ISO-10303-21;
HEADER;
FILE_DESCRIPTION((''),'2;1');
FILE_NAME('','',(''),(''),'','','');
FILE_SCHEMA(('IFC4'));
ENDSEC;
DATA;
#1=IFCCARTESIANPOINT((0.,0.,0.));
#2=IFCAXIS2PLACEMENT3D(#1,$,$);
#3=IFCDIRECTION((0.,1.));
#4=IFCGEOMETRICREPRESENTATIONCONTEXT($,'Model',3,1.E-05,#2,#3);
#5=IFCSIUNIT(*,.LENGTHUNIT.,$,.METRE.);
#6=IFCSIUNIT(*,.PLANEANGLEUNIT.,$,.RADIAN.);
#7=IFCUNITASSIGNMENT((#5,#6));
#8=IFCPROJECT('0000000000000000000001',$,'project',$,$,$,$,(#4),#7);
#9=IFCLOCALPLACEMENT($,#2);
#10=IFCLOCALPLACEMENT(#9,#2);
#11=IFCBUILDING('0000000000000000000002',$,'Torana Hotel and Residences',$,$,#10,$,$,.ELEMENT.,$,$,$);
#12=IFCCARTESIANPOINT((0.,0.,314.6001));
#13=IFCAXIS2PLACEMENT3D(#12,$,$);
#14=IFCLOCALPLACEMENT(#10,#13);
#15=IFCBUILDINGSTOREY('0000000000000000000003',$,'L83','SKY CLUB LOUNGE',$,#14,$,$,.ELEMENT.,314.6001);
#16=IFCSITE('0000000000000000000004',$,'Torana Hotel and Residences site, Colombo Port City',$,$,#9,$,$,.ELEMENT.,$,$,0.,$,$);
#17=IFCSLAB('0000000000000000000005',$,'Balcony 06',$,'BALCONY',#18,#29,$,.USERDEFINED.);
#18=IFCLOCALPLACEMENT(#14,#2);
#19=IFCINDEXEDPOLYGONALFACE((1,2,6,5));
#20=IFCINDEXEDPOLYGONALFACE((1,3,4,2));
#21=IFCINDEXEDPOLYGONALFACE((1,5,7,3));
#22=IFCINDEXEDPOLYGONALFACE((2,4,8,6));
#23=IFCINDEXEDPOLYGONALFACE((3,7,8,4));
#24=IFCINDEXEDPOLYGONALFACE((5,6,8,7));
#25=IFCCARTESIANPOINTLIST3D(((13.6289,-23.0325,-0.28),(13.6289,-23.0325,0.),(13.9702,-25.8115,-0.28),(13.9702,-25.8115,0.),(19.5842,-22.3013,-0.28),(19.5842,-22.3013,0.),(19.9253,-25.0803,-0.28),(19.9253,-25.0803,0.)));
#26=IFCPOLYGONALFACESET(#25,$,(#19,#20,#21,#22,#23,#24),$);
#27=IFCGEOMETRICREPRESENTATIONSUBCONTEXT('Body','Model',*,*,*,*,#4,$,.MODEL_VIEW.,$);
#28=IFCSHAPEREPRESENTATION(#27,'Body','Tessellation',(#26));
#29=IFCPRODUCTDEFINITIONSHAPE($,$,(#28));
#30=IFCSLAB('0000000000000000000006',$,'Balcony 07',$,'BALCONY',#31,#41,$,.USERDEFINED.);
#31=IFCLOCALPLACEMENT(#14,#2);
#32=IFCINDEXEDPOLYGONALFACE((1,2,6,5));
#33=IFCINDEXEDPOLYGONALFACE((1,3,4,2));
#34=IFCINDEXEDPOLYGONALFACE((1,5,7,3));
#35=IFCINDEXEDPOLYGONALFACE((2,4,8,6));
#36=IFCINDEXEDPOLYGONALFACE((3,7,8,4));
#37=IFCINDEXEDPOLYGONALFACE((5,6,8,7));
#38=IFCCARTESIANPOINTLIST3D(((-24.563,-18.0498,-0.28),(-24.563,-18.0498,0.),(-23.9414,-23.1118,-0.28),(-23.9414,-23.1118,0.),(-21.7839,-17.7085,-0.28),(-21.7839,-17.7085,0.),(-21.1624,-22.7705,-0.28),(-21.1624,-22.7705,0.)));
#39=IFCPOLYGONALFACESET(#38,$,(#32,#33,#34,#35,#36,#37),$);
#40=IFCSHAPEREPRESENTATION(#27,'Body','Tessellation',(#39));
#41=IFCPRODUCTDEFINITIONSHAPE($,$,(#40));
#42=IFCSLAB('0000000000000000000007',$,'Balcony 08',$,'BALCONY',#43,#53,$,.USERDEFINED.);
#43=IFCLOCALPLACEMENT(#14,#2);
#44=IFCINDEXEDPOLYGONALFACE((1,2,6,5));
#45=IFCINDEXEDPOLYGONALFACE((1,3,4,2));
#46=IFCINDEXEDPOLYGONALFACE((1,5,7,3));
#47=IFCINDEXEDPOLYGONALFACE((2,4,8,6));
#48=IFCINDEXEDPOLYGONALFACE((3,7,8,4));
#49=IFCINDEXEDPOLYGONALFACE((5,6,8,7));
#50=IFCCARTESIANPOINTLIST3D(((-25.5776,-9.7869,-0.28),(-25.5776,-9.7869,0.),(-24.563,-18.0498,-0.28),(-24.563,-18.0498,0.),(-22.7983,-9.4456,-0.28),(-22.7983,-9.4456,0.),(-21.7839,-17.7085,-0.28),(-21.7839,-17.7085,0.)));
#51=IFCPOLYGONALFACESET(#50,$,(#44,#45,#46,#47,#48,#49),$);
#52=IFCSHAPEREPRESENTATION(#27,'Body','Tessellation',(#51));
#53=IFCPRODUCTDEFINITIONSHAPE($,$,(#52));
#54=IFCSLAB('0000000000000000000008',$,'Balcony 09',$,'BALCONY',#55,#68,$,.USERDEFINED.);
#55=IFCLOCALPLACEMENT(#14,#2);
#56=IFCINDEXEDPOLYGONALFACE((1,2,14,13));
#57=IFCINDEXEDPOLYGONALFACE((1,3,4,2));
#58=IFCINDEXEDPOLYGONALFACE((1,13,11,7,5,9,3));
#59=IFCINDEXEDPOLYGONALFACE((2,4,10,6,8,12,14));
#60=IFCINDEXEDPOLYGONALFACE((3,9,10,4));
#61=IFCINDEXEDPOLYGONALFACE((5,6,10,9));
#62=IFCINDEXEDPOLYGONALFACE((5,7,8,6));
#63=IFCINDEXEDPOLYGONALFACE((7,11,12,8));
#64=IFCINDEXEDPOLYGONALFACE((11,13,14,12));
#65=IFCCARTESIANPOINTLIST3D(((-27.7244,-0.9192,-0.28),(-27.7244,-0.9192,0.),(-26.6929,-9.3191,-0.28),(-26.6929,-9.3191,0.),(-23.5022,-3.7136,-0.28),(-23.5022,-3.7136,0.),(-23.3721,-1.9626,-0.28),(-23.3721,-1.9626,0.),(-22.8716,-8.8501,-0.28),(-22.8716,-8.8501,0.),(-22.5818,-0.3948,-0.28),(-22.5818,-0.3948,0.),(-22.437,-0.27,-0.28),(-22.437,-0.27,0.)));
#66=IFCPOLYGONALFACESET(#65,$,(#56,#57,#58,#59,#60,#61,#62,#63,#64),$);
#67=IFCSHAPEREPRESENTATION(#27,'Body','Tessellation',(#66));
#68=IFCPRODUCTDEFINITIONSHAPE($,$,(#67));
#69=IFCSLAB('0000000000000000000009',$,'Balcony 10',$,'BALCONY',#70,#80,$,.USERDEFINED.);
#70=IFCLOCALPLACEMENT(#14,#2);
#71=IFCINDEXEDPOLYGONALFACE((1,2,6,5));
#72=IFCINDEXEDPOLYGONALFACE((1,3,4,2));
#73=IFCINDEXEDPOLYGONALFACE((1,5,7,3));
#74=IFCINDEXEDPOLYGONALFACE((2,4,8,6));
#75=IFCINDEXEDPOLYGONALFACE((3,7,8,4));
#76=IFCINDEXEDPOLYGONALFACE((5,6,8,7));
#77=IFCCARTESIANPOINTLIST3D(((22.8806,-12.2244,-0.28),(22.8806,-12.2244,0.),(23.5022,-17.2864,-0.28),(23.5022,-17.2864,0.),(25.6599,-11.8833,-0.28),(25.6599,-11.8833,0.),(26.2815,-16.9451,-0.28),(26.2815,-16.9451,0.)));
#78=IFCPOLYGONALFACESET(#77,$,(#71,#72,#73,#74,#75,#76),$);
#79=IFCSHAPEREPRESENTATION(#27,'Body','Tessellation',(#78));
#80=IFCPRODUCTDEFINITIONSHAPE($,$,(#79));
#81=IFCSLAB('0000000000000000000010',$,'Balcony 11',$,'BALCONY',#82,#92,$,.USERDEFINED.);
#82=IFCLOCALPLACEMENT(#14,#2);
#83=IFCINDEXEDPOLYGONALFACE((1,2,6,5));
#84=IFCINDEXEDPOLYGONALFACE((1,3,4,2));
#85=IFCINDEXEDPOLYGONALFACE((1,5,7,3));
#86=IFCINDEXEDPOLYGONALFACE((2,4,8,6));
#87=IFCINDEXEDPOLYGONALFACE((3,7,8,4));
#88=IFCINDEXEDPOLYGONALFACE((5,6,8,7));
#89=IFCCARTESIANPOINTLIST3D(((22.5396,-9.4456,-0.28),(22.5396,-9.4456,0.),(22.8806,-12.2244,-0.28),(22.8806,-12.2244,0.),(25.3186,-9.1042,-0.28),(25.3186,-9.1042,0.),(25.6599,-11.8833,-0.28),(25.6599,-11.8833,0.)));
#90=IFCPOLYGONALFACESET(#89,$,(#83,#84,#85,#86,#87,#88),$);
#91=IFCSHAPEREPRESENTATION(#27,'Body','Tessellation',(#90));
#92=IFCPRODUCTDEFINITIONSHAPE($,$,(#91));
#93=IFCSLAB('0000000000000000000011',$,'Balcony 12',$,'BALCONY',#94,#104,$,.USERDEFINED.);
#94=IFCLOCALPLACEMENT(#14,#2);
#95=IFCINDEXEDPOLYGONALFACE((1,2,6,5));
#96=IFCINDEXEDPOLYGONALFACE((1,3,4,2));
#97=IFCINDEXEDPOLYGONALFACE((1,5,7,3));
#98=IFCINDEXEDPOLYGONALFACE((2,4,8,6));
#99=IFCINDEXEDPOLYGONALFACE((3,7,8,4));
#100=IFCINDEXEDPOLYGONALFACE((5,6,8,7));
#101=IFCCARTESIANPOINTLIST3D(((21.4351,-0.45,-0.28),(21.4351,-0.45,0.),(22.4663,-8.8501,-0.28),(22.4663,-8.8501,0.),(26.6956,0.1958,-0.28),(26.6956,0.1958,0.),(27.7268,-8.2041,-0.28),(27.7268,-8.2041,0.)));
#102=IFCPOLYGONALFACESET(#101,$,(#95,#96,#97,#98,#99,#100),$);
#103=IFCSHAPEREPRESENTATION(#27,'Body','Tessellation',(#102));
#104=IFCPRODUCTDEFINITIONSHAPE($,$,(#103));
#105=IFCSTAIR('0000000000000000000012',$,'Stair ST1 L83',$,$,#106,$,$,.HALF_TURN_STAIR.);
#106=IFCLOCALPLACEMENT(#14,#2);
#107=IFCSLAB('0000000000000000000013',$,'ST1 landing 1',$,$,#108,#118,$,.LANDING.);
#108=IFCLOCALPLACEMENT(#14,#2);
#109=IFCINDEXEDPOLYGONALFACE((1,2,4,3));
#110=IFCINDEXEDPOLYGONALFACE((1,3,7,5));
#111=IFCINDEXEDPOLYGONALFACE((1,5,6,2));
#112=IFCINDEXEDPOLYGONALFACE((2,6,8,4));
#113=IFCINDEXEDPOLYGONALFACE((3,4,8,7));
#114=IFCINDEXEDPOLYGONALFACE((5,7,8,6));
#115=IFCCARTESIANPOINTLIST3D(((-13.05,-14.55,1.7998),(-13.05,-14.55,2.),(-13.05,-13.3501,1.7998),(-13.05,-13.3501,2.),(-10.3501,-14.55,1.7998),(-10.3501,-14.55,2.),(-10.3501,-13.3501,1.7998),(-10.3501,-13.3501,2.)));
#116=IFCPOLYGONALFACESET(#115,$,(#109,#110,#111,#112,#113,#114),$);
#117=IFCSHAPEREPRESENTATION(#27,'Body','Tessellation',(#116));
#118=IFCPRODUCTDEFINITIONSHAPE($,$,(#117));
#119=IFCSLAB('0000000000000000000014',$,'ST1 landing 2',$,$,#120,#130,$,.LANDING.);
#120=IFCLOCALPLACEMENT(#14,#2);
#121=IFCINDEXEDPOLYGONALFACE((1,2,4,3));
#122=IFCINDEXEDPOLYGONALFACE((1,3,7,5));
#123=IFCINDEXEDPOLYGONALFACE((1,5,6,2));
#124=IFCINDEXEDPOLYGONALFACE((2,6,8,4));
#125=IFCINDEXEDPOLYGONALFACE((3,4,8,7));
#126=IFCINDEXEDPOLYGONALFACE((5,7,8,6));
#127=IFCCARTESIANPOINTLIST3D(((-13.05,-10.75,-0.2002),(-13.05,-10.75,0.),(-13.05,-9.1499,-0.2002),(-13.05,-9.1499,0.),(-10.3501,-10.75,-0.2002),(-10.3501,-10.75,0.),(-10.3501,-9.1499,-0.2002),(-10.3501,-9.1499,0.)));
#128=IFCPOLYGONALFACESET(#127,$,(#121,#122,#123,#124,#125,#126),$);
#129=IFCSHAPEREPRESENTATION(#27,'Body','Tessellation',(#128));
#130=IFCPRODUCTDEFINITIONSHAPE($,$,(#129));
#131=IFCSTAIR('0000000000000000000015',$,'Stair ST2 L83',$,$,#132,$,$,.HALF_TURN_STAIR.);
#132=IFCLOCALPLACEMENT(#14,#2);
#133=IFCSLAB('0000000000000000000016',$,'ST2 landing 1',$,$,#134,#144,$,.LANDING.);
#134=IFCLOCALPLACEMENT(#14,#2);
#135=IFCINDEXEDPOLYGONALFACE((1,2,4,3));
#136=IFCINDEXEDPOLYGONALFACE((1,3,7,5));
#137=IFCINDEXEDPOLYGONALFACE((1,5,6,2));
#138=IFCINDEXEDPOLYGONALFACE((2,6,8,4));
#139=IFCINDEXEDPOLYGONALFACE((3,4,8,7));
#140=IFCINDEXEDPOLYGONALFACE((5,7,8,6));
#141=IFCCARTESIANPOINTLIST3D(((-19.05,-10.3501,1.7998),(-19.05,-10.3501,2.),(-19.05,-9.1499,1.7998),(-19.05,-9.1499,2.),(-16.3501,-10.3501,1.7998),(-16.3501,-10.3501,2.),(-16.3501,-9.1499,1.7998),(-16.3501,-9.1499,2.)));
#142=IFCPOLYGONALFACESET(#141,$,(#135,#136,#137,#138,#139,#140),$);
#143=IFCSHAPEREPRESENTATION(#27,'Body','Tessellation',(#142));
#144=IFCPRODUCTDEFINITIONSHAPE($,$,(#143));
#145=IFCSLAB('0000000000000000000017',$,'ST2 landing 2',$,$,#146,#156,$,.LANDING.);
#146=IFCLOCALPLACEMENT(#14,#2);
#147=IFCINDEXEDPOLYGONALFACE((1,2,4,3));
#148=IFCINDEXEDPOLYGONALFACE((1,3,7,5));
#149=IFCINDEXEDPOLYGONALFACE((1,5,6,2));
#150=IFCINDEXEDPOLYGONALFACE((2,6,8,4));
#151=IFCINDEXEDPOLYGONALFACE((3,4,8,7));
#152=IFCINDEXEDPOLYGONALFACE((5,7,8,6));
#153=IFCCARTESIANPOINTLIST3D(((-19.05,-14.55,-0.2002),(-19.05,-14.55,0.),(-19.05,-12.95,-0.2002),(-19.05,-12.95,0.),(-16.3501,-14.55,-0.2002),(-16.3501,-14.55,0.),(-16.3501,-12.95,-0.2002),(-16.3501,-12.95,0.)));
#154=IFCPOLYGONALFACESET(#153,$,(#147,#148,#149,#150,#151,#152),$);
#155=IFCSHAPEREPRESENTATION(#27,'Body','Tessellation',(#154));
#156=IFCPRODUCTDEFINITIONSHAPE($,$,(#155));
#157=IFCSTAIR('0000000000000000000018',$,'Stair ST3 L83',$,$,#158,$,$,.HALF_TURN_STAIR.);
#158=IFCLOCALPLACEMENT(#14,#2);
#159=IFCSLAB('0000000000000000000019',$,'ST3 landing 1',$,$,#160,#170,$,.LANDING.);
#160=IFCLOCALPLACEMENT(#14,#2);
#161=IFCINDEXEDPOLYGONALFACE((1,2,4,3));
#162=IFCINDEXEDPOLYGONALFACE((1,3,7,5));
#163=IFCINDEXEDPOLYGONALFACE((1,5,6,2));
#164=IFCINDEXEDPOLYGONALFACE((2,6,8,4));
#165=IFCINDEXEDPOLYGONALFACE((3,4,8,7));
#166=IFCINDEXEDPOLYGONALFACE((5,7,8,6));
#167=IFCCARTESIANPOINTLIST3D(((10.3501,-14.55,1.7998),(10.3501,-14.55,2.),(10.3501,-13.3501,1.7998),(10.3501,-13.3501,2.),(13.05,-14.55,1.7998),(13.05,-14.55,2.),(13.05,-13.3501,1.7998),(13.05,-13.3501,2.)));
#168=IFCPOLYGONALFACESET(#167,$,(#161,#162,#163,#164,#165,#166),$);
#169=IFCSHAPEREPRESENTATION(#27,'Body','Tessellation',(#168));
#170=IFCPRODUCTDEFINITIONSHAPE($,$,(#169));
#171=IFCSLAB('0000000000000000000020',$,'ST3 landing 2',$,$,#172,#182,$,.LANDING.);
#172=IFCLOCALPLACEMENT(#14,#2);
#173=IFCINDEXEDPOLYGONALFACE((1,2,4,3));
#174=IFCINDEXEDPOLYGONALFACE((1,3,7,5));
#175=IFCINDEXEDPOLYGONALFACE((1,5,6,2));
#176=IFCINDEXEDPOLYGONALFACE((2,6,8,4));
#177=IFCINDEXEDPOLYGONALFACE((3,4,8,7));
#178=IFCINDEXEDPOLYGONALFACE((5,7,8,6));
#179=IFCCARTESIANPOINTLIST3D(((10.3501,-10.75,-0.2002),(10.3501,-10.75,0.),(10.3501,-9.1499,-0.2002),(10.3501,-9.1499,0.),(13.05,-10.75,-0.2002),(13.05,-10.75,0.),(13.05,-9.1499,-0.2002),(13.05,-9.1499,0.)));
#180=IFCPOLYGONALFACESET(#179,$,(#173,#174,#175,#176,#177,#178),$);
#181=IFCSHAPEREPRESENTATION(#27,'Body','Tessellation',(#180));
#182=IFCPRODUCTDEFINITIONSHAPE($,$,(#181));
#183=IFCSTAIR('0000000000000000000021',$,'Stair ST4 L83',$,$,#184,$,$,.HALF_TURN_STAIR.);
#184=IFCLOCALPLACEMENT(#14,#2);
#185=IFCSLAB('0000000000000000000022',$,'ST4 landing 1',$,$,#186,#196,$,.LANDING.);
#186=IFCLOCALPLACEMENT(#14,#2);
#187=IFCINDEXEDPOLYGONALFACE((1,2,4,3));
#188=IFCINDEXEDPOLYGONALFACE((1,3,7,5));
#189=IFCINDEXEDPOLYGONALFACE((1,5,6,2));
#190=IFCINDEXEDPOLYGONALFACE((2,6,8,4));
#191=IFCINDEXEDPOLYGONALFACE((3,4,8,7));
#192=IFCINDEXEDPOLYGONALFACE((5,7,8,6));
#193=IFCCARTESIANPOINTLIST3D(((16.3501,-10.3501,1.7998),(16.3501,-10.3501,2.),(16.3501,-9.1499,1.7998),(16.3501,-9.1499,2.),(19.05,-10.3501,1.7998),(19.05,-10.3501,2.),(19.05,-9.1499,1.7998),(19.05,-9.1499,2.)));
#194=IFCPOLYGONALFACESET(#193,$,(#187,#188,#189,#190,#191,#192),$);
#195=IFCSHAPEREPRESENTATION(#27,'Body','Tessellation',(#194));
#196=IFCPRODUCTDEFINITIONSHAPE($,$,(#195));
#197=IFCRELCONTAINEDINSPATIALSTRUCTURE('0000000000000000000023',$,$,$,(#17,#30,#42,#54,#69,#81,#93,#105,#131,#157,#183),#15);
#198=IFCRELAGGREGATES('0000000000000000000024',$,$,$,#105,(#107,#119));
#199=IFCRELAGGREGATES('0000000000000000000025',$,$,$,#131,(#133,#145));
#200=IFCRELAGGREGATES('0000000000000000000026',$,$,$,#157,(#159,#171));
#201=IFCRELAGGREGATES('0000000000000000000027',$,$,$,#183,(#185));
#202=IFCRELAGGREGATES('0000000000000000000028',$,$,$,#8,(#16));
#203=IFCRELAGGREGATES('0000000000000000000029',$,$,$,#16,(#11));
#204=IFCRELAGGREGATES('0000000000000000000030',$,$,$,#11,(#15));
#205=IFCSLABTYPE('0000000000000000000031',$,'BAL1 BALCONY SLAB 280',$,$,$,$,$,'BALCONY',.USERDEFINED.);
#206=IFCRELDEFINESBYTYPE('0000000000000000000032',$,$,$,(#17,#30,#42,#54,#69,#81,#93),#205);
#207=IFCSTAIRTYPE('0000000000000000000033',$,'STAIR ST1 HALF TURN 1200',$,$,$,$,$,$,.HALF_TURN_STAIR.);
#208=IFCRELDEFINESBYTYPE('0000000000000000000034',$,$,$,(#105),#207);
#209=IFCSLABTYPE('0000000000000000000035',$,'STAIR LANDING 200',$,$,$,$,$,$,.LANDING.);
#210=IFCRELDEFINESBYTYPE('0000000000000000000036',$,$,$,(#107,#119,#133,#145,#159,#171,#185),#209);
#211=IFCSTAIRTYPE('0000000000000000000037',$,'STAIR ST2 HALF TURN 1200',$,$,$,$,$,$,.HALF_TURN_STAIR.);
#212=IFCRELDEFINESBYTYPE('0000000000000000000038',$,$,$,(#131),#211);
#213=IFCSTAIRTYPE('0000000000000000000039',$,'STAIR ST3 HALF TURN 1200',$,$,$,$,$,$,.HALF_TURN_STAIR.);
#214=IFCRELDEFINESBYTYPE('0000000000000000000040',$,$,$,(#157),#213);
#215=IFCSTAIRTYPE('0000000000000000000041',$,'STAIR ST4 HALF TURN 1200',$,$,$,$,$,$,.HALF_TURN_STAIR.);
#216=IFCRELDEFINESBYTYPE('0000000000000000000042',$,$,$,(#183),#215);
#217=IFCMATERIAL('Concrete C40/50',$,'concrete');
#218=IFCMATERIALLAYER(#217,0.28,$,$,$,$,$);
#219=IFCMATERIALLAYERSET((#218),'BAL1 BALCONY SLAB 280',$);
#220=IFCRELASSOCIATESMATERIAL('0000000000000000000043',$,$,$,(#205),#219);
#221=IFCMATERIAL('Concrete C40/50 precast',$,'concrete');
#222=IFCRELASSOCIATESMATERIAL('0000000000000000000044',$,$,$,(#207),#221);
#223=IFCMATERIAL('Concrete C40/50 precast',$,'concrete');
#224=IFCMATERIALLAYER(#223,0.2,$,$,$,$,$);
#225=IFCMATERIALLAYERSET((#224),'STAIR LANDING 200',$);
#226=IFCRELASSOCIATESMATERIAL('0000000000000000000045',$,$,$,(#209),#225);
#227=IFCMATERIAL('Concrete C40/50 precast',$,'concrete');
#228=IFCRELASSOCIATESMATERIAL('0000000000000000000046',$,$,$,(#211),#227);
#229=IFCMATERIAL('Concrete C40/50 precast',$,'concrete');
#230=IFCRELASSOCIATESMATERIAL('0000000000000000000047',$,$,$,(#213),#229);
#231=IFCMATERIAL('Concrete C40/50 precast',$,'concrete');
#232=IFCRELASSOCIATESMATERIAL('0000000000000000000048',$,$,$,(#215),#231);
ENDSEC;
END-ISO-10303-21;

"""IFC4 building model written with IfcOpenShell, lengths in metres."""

from ifc_helpers import new_model, si_unit, direction, frame, origin, place, context, subcontext, project, spatial, polyline, outline, extrude, material, layer, layer_set, type_object, element, aggregate, save


model = new_model("IFC4")

# Units and contexts
model_context = context("Model", 3, precision=1e-05, world=origin(), true_north=direction((0.0, 1.0)))
body_context = subcontext(model_context, "Body", "Model", "MODEL_VIEW")
ifc_project = project(units=[si_unit("LENGTHUNIT", "METRE"), si_unit("PLANEANGLEUNIT", "RADIAN")], contexts=[model_context])

# Site, building, storey
site_placement = place(None, origin())
site = spatial("IfcSite", under=ifc_project, at=site_placement, Name="Torana Hotel and Residences site, Colombo Port City", CompositionType="ELEMENT", RefElevation=0.0)
building_placement = place(site_placement, origin())
building = spatial("IfcBuilding", under=site, at=building_placement, Name="Torana Hotel and Residences", CompositionType="ELEMENT")
storey_placement = place(building_placement, frame((0.0, 0.0, 314.6001)))
storey = spatial("IfcBuildingStorey", under=building, at=storey_placement, Name="L83", Description="SKY CLUB LOUNGE", CompositionType="ELEMENT", Elevation=314.6001)

# Slabs
ifc_material_1 = material(Name="Concrete C40/50", Category="concrete")
ifc_layer_1 = layer(ifc_material_1, 0.28)
ifc_layer_set_1 = layer_set([ifc_layer_1], Name="BAL1 BALCONY SLAB 280")
slab_type_1 = type_object("IfcSlabType", Name="BAL1 BALCONY SLAB 280", ElementType="BALCONY", PredefinedType="USERDEFINED", material=ifc_layer_set_1)
slab_1_placement = place(storey_placement, frame((0.0, 0.0, -0.28)))
element("IfcSlab", 1, at=slab_1_placement, inside=storey, type_object=slab_type_1, Name="Balcony 06", ObjectType="BALCONY", PredefinedType="USERDEFINED", context=body_context, shape_type="SweptSolid", body=[
    extrude(outline(polyline([(13.9702, -25.8115), (19.9253, -25.0803), (19.5842, -22.3013), (13.6289, -23.0325), (13.9702, -25.8115)])), origin(), (0.0, 0.0, 1.0), 0.28),
])
slab_2_placement = place(storey_placement, frame((0.0, 0.0, -0.28)))
element("IfcSlab", 2, at=slab_2_placement, inside=storey, type_object=slab_type_1, Name="Balcony 07", ObjectType="BALCONY", PredefinedType="USERDEFINED", context=body_context, shape_type="SweptSolid", body=[
    extrude(outline(polyline([(-23.9414, -23.1118), (-21.1624, -22.7705), (-21.7839, -17.7085), (-24.563, -18.0498), (-23.9414, -23.1118)])), origin(), (0.0, 0.0, 1.0), 0.28),
])
slab_3_placement = place(storey_placement, frame((0.0, 0.0, -0.28)))
element("IfcSlab", 3, at=slab_3_placement, inside=storey, type_object=slab_type_1, Name="Balcony 08", ObjectType="BALCONY", PredefinedType="USERDEFINED", context=body_context, shape_type="SweptSolid", body=[
    extrude(outline(polyline([(-24.563, -18.0498), (-21.7839, -17.7085), (-22.7983, -9.4456), (-25.5776, -9.7869), (-24.563, -18.0498)])), origin(), (0.0, 0.0, 1.0), 0.28),
])
slab_4_placement = place(storey_placement, frame((0.0, 0.0, -0.28)))
element("IfcSlab", 4, at=slab_4_placement, inside=storey, type_object=slab_type_1, Name="Balcony 09", ObjectType="BALCONY", PredefinedType="USERDEFINED", context=body_context, shape_type="SweptSolid", body=[
    extrude(outline(polyline([(-26.6929, -9.3191), (-22.8716, -8.8501), (-23.5022, -3.7136), (-23.3721, -1.9626), (-22.5818, -0.3948), (-22.437, -0.27), (-27.7244, -0.9192), (-26.6929, -9.3191)])), origin(), (0.0, 0.0, 1.0), 0.28),
])
slab_5_placement = place(storey_placement, frame((0.0, 0.0, -0.28)))
element("IfcSlab", 5, at=slab_5_placement, inside=storey, type_object=slab_type_1, Name="Balcony 10", ObjectType="BALCONY", PredefinedType="USERDEFINED", context=body_context, shape_type="SweptSolid", body=[
    extrude(outline(polyline([(23.5022, -17.2864), (26.2815, -16.9451), (25.6599, -11.8833), (22.8806, -12.2244), (23.5022, -17.2864)])), origin(), (0.0, 0.0, 1.0), 0.28),
])
slab_6_placement = place(storey_placement, frame((0.0, 0.0, -0.28)))
element("IfcSlab", 6, at=slab_6_placement, inside=storey, type_object=slab_type_1, Name="Balcony 11", ObjectType="BALCONY", PredefinedType="USERDEFINED", context=body_context, shape_type="SweptSolid", body=[
    extrude(outline(polyline([(22.8806, -12.2244), (25.6599, -11.8833), (25.3186, -9.1042), (22.5396, -9.4456), (22.8806, -12.2244)])), origin(), (0.0, 0.0, 1.0), 0.28),
])
slab_7_placement = place(storey_placement, frame((0.0, 0.0, -0.28)))
element("IfcSlab", 7, at=slab_7_placement, inside=storey, type_object=slab_type_1, Name="Balcony 12", ObjectType="BALCONY", PredefinedType="USERDEFINED", context=body_context, shape_type="SweptSolid", body=[
    extrude(outline(polyline([(22.4663, -8.8501), (27.7268, -8.2041), (26.6956, 0.1958), (21.4351, -0.45), (22.4663, -8.8501)])), origin(), (0.0, 0.0, 1.0), 0.28),
])

# Stairs, slabs
ifc_material_2 = material(Name="Concrete C40/50 precast", Category="concrete")
stair_type_1 = type_object("IfcStairType", Name="STAIR ST1 HALF TURN 1200", PredefinedType="HALF_TURN_STAIR", material=ifc_material_2)
stair_1_placement = place(storey_placement, origin())
stair_1 = element("IfcStair", 8, at=stair_1_placement, inside=storey, type_object=stair_type_1, Name="Stair ST1 L83", PredefinedType="HALF_TURN_STAIR")
ifc_material_3 = material(Name="Concrete C40/50 precast", Category="concrete")
ifc_layer_2 = layer(ifc_material_3, 0.2)
ifc_layer_set_2 = layer_set([ifc_layer_2], Name="STAIR LANDING 200")
slab_type_2 = type_object("IfcSlabType", Name="STAIR LANDING 200", PredefinedType="LANDING", material=ifc_layer_set_2)
slab_8_placement = place(storey_placement, frame((0.0, 0.0, 1.7998)))
slab_8 = element("IfcSlab", 9, at=slab_8_placement, type_object=slab_type_2, Name="ST1 landing 1", PredefinedType="LANDING", context=body_context, shape_type="SweptSolid", body=[
    extrude(outline(polyline([(-13.05, -14.55), (-10.3501, -14.55), (-10.3501, -13.3501), (-13.05, -13.3501), (-13.05, -14.55)])), origin(), (0.0, 0.0, 1.0), 0.2002),
])
slab_9_placement = place(storey_placement, frame((0.0, 0.0, -0.2002)))
slab_9 = element("IfcSlab", 10, at=slab_9_placement, type_object=slab_type_2, Name="ST1 landing 2", PredefinedType="LANDING", context=body_context, shape_type="SweptSolid", body=[
    extrude(outline(polyline([(-13.05, -10.75), (-10.3501, -10.75), (-10.3501, -9.1499), (-13.05, -9.1499), (-13.05, -10.75)])), origin(), (0.0, 0.0, 1.0), 0.2002),
])
aggregate(stair_1, [slab_8, slab_9])
ifc_material_4 = material(Name="Concrete C40/50 precast", Category="concrete")
stair_type_2 = type_object("IfcStairType", Name="STAIR ST2 HALF TURN 1200", PredefinedType="HALF_TURN_STAIR", material=ifc_material_4)
stair_2_placement = place(storey_placement, origin())
stair_2 = element("IfcStair", 11, at=stair_2_placement, inside=storey, type_object=stair_type_2, Name="Stair ST2 L83", PredefinedType="HALF_TURN_STAIR")
slab_10_placement = place(storey_placement, frame((0.0, 0.0, 1.7998)))
slab_10 = element("IfcSlab", 12, at=slab_10_placement, type_object=slab_type_2, Name="ST2 landing 1", PredefinedType="LANDING", context=body_context, shape_type="SweptSolid", body=[
    extrude(outline(polyline([(-19.05, -10.3501), (-16.3501, -10.3501), (-16.3501, -9.1499), (-19.05, -9.1499), (-19.05, -10.3501)])), origin(), (0.0, 0.0, 1.0), 0.2002),
])
slab_11_placement = place(storey_placement, frame((0.0, 0.0, -0.2002)))
slab_11 = element("IfcSlab", 13, at=slab_11_placement, type_object=slab_type_2, Name="ST2 landing 2", PredefinedType="LANDING", context=body_context, shape_type="SweptSolid", body=[
    extrude(outline(polyline([(-19.05, -14.55), (-16.3501, -14.55), (-16.3501, -12.95), (-19.05, -12.95), (-19.05, -14.55)])), origin(), (0.0, 0.0, 1.0), 0.2002),
])
aggregate(stair_2, [slab_10, slab_11])
ifc_material_5 = material(Name="Concrete C40/50 precast", Category="concrete")
stair_type_3 = type_object("IfcStairType", Name="STAIR ST3 HALF TURN 1200", PredefinedType="HALF_TURN_STAIR", material=ifc_material_5)
stair_3_placement = place(storey_placement, origin())
stair_3 = element("IfcStair", 14, at=stair_3_placement, inside=storey, type_object=stair_type_3, Name="Stair ST3 L83", PredefinedType="HALF_TURN_STAIR")
slab_12_placement = place(storey_placement, frame((0.0, 0.0, 1.7998)))
slab_12 = element("IfcSlab", 15, at=slab_12_placement, type_object=slab_type_2, Name="ST3 landing 1", PredefinedType="LANDING", context=body_context, shape_type="SweptSolid", body=[
    extrude(outline(polyline([(10.3501, -14.55), (13.05, -14.55), (13.05, -13.3501), (10.3501, -13.3501), (10.3501, -14.55)])), origin(), (0.0, 0.0, 1.0), 0.2002),
])
slab_13_placement = place(storey_placement, frame((0.0, 0.0, -0.2002)))
slab_13 = element("IfcSlab", 16, at=slab_13_placement, type_object=slab_type_2, Name="ST3 landing 2", PredefinedType="LANDING", context=body_context, shape_type="SweptSolid", body=[
    extrude(outline(polyline([(10.3501, -10.75), (13.05, -10.75), (13.05, -9.1499), (10.3501, -9.1499), (10.3501, -10.75)])), origin(), (0.0, 0.0, 1.0), 0.2002),
])
aggregate(stair_3, [slab_12, slab_13])
ifc_material_6 = material(Name="Concrete C40/50 precast", Category="concrete")
stair_type_4 = type_object("IfcStairType", Name="STAIR ST4 HALF TURN 1200", PredefinedType="HALF_TURN_STAIR", material=ifc_material_6)
stair_4_placement = place(storey_placement, origin())
stair_4 = element("IfcStair", 17, at=stair_4_placement, inside=storey, type_object=stair_type_4, Name="Stair ST4 L83", PredefinedType="HALF_TURN_STAIR")
slab_14_placement = place(storey_placement, frame((0.0, 0.0, 1.7998)))
slab_14 = element("IfcSlab", 18, at=slab_14_placement, type_object=slab_type_2, Name="ST4 landing 1", PredefinedType="LANDING", context=body_context, shape_type="SweptSolid", body=[
    extrude(outline(polyline([(16.3501, -10.3501), (19.05, -10.3501), (19.05, -9.1499), (16.3501, -9.1499), (16.3501, -10.3501)])), origin(), (0.0, 0.0, 1.0), 0.2002),
])
aggregate(stair_4, [slab_14])

save(model, "model.ifc")
